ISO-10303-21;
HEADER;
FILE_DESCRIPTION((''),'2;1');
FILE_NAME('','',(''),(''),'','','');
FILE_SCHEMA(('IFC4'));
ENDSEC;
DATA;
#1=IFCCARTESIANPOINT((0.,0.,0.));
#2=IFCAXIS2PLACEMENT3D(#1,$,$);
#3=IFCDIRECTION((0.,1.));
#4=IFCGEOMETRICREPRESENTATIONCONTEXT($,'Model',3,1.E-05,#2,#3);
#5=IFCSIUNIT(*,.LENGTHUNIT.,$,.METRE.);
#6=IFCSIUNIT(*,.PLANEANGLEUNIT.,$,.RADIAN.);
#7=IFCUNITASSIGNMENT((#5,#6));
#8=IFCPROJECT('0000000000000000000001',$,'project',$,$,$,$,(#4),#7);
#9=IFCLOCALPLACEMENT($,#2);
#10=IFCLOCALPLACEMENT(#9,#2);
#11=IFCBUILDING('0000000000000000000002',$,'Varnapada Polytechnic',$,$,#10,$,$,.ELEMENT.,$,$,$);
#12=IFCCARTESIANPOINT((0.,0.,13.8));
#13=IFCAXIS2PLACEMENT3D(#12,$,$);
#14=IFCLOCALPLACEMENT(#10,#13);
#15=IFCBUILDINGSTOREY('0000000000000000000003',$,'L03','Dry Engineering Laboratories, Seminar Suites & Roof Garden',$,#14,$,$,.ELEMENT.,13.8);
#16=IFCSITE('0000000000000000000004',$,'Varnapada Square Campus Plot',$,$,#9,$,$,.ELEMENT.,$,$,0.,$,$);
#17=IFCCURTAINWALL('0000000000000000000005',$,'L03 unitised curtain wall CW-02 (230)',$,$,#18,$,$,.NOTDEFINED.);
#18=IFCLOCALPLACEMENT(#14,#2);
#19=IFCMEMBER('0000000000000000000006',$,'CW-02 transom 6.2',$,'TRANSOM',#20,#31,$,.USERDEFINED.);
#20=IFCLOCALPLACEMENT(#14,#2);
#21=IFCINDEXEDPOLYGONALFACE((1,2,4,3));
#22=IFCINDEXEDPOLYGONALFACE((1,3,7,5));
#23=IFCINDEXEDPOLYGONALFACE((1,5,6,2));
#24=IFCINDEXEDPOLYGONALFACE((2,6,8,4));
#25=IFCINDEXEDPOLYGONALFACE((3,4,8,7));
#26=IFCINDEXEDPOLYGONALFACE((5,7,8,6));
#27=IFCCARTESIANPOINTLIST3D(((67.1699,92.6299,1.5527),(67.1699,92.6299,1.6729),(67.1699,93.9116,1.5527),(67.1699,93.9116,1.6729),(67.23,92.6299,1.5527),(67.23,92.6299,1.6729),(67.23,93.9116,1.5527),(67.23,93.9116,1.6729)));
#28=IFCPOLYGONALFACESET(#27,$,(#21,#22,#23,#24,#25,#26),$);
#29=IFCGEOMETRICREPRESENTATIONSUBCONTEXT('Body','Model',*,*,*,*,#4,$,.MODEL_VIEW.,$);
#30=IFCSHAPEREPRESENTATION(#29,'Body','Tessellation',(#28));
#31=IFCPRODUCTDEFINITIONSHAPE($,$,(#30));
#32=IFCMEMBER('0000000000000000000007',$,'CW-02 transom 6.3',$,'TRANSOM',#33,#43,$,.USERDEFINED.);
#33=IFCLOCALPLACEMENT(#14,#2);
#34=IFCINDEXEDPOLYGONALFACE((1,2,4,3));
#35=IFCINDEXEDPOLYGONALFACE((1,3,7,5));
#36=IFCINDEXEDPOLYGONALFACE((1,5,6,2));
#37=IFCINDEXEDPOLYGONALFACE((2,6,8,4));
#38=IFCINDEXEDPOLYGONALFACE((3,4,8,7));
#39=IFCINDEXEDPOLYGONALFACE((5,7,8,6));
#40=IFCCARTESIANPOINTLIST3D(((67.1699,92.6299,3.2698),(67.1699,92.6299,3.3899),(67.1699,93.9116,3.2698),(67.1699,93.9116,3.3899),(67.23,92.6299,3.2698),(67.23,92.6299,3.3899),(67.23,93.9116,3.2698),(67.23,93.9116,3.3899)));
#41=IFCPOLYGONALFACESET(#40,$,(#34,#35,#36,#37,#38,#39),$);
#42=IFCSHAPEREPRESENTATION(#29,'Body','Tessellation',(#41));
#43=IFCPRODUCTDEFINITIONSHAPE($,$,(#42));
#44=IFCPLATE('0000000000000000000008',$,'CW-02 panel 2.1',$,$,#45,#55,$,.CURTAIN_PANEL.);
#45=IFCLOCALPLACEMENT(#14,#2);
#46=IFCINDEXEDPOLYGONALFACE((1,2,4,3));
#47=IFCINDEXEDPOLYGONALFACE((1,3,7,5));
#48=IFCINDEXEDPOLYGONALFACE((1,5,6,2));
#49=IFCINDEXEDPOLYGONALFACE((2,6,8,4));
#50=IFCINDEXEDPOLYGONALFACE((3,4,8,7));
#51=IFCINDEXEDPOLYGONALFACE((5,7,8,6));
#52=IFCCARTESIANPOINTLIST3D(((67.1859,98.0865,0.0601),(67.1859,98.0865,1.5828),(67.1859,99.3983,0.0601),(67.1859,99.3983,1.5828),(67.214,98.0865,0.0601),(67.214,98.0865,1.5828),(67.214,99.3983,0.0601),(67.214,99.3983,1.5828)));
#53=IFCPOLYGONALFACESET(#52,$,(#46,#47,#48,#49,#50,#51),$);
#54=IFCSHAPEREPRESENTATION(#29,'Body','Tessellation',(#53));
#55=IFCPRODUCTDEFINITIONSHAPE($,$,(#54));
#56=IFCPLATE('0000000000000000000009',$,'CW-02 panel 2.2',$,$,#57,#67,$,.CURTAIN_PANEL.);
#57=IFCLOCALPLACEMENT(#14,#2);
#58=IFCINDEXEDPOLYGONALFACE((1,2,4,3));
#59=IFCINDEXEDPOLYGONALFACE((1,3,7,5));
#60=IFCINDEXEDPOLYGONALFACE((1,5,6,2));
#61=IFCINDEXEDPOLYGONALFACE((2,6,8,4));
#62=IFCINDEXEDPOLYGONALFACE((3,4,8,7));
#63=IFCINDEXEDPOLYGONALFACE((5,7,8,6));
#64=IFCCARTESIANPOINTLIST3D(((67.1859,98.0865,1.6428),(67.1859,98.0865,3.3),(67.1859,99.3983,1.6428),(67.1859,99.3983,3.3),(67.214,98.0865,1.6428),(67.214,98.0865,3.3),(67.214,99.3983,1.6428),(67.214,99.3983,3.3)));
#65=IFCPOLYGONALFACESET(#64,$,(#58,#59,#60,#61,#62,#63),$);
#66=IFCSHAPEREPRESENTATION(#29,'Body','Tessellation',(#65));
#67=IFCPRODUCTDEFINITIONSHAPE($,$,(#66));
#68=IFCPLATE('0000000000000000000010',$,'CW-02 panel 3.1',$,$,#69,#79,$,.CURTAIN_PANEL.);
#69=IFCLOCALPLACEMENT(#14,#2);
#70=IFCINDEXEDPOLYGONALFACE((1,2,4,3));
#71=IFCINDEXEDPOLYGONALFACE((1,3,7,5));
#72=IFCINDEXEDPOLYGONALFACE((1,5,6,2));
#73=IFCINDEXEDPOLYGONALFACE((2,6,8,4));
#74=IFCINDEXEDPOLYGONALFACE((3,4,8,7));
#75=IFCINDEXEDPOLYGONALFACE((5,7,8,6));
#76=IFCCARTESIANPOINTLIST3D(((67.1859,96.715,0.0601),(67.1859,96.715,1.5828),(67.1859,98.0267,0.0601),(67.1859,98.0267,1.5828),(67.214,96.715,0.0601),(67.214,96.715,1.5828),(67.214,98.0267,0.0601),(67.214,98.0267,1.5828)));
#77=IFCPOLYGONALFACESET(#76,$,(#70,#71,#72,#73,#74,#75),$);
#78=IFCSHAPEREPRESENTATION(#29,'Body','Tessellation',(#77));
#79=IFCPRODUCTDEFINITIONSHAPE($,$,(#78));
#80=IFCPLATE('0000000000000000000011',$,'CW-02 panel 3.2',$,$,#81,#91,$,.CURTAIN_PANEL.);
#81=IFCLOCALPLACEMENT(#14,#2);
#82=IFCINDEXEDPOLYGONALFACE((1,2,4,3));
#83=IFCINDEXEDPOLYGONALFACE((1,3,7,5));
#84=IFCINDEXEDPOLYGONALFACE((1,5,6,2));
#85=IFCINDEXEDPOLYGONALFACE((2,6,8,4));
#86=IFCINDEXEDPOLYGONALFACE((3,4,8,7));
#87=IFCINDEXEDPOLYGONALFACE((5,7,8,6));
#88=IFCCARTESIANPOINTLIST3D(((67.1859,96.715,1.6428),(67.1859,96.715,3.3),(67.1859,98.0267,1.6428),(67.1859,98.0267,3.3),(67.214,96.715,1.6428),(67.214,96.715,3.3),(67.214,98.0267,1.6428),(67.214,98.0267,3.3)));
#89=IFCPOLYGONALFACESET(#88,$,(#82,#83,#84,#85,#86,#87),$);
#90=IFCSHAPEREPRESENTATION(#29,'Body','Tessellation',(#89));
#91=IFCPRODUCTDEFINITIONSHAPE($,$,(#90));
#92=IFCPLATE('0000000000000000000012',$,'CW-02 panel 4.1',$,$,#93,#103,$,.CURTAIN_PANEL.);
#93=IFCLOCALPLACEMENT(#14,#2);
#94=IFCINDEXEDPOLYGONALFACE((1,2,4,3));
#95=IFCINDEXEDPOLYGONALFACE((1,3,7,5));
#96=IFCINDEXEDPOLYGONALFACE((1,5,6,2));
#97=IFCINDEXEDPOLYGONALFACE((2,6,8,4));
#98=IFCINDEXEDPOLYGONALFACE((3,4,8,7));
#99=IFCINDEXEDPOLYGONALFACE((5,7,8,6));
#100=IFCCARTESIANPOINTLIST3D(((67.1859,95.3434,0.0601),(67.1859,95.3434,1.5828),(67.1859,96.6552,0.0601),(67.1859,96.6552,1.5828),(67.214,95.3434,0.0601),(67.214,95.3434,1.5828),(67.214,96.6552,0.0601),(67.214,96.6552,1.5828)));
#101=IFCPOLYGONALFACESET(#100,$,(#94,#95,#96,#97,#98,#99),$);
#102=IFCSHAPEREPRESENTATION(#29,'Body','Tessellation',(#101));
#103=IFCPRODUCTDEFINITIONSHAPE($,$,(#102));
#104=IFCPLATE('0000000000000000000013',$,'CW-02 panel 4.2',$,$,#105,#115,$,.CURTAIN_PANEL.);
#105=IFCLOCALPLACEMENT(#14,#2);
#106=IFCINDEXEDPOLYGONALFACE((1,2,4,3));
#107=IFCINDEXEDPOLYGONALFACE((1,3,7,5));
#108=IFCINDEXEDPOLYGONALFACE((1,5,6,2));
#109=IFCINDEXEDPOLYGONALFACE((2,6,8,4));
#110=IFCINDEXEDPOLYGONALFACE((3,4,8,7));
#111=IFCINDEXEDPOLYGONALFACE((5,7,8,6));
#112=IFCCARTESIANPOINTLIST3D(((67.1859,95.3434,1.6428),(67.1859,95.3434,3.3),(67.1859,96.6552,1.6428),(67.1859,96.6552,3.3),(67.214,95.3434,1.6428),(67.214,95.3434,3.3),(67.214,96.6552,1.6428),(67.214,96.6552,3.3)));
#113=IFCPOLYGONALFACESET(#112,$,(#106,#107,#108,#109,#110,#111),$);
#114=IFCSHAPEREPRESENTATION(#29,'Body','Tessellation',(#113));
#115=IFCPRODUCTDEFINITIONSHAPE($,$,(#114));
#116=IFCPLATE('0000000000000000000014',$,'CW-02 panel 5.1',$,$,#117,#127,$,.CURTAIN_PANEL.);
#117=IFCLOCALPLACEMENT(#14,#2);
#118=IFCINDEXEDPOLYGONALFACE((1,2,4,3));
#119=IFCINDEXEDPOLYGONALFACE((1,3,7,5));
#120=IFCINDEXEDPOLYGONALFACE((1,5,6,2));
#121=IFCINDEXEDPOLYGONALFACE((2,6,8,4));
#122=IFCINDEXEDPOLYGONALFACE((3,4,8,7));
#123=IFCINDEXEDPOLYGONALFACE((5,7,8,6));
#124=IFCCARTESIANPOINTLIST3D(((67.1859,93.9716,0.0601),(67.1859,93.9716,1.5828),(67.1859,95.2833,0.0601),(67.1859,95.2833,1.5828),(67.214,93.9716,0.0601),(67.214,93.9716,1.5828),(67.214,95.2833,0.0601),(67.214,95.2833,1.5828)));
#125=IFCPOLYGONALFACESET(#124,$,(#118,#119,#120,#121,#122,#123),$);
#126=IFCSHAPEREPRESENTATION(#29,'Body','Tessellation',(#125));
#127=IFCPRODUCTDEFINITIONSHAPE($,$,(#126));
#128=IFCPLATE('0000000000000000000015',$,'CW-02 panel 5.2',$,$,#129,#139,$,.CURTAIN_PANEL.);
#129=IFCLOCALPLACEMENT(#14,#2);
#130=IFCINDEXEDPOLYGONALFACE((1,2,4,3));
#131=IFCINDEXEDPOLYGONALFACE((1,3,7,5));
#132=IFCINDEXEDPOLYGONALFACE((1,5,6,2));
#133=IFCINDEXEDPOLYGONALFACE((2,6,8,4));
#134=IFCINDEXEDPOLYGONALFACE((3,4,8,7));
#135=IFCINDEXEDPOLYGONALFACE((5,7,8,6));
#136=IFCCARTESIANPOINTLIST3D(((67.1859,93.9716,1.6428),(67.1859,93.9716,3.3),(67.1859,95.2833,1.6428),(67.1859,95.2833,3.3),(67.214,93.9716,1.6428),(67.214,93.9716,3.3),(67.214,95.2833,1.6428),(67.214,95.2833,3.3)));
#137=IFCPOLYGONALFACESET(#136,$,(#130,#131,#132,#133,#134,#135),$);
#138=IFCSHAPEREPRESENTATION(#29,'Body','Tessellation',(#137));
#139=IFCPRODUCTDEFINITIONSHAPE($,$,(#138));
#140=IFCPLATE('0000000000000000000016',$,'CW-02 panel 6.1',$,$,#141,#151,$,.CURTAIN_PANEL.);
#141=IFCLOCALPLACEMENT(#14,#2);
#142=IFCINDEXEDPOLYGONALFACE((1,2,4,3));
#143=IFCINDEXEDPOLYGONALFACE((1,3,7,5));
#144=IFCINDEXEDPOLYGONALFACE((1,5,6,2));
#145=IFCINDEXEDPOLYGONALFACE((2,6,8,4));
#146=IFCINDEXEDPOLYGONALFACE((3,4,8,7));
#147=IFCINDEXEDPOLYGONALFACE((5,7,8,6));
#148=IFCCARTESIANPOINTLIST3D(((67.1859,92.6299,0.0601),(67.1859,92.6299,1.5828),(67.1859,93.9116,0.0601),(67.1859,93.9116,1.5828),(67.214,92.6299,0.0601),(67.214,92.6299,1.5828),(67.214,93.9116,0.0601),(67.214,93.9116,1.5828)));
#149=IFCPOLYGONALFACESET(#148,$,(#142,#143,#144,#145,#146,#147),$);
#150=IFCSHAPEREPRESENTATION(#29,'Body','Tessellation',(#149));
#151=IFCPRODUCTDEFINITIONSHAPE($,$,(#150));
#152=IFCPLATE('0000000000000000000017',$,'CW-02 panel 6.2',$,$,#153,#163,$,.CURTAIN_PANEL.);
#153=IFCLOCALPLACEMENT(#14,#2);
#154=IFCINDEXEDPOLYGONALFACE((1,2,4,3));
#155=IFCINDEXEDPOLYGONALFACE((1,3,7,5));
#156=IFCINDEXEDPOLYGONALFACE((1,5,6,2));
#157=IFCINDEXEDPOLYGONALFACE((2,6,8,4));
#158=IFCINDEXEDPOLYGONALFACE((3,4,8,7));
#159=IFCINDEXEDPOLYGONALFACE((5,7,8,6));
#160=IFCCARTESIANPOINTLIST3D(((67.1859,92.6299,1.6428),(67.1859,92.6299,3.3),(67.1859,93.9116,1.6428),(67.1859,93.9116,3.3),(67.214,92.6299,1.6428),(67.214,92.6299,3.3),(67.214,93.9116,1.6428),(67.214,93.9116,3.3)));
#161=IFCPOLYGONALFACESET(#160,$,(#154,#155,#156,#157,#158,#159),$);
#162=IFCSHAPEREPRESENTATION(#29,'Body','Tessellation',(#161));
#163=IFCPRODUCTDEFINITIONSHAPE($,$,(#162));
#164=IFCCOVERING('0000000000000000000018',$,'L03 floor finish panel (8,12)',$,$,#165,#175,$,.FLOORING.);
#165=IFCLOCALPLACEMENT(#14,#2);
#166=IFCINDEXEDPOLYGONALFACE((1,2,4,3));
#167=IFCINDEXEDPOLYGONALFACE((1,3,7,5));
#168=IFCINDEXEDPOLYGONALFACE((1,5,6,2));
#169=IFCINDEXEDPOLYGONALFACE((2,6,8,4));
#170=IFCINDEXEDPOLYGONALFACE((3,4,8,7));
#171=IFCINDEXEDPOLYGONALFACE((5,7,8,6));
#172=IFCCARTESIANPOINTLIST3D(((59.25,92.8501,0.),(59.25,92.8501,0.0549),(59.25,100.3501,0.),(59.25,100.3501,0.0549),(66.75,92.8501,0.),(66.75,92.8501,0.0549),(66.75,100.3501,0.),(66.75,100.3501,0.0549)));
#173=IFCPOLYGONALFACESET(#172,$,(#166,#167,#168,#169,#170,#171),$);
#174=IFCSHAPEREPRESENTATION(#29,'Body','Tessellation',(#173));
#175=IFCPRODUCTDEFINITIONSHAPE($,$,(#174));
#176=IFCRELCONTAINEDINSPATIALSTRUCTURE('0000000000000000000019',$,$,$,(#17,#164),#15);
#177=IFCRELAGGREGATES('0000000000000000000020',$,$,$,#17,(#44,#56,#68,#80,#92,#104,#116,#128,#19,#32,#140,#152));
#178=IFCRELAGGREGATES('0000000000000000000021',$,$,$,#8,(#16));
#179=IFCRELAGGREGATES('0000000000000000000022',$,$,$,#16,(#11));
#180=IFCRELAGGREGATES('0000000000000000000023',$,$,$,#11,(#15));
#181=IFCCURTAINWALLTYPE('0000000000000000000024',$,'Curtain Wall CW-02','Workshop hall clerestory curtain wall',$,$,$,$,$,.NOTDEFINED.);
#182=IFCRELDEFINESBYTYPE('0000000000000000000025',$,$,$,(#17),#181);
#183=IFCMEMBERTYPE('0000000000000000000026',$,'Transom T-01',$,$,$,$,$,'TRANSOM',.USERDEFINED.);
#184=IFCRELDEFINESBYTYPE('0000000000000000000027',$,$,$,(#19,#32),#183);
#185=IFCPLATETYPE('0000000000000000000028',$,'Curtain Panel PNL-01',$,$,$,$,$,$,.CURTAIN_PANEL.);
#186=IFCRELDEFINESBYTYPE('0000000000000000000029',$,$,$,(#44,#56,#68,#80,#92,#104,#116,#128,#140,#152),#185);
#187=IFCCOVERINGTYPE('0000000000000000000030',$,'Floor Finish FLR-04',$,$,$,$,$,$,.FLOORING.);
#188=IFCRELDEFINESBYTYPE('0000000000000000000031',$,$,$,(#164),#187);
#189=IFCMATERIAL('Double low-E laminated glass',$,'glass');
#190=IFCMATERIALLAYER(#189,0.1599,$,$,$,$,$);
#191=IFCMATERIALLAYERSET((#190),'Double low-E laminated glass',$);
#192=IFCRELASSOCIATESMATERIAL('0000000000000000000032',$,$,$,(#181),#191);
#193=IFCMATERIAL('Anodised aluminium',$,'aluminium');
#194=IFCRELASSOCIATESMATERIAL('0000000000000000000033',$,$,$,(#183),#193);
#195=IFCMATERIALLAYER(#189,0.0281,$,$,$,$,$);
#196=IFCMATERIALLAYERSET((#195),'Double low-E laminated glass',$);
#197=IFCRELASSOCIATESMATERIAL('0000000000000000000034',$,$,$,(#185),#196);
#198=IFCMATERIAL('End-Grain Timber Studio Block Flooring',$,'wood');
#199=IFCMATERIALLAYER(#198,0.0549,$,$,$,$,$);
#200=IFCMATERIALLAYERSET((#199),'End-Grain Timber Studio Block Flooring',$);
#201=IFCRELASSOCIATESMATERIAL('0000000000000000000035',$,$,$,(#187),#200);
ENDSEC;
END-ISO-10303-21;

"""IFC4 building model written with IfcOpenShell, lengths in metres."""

from ifc_helpers import new_model, si_unit, direction, frame, origin, origin_2d, place, context, subcontext, project, spatial, rectangle, extrude, material, layer, layer_set, material_profile, profile_set, type_object, element, aggregate, save


model = new_model("IFC4")

# Units and contexts
model_context = context("Model", 3, precision=1e-05, world=origin(), true_north=direction((0.0, 1.0)))
body_context = subcontext(model_context, "Body", "Model", "MODEL_VIEW")
ifc_project = project(units=[si_unit("LENGTHUNIT", "METRE"), si_unit("PLANEANGLEUNIT", "RADIAN")], contexts=[model_context])

# Site, building, storey
site_placement = place(None, origin())
site = spatial("IfcSite", under=ifc_project, at=site_placement, Name="Varnapada Square Campus Plot", CompositionType="ELEMENT", RefElevation=0.0)
building_placement = place(site_placement, origin())
building = spatial("IfcBuilding", under=site, at=building_placement, Name="Varnapada Polytechnic", CompositionType="ELEMENT")
storey_placement = place(building_placement, frame((0.0, 0.0, 13.8)))
storey = spatial("IfcBuildingStorey", under=building, at=storey_placement, Name="L03", Description="Dry Engineering Laboratories, Seminar Suites & Roof Garden", CompositionType="ELEMENT", Elevation=13.8)

# Curtain wall, members, plates
ifc_material_1 = material(Name="Double low-E laminated glass", Category="glass")
ifc_layer_1 = layer(ifc_material_1, 0.1599)
ifc_layer_set_1 = layer_set([ifc_layer_1], Name="Double low-E laminated glass")
curtain_wall_type = type_object("IfcCurtainWallType", Name="Curtain Wall CW-02", Description="Workshop hall clerestory curtain wall", PredefinedType="NOTDEFINED", material=ifc_layer_set_1)
curtain_wall_placement = place(storey_placement, origin())
curtain_wall = element("IfcCurtainWall", 1, at=curtain_wall_placement, inside=storey, type_object=curtain_wall_type, Name="L03 unitised curtain wall CW-02 (230)", PredefinedType="NOTDEFINED")
ifc_material_2 = material(Name="Anodised aluminium", Category="aluminium")
ifc_material_profile_1 = material_profile(ifc_material_2, rectangle(XDim=0.0601, YDim=0.1201, at=origin_2d()), Name="ALU T60x120")
ifc_profile_set_1 = profile_set([ifc_material_profile_1], Name="Anodised aluminium")
member_type_1 = type_object("IfcMemberType", Name="Transom T-01", ElementType="TRANSOM", PredefinedType="USERDEFINED", material=ifc_profile_set_1)
member_1_placement = place(storey_placement, frame((67.2, 93.9116, 1.6128), z_axis=(0.0, -1.0, 0.0), x_axis=(1.0, 0.0, 0.0)))
member_1 = element("IfcMember", 2, at=member_1_placement, type_object=member_type_1, Name="CW-02 transom 6.2", ObjectType="TRANSOM", PredefinedType="USERDEFINED", context=body_context, shape_type="SweptSolid", body=[
    extrude(rectangle(XDim=0.0601, YDim=0.1201, at=origin_2d()), origin(), (0.0, 0.0, 1.0), 1.2817),
])
member_2_placement = place(storey_placement, frame((67.2, 93.9116, 3.3298), z_axis=(0.0, -1.0, 0.0), x_axis=(1.0, 0.0, 0.0)))
member_2 = element("IfcMember", 3, at=member_2_placement, type_object=member_type_1, Name="CW-02 transom 6.3", ObjectType="TRANSOM", PredefinedType="USERDEFINED", context=body_context, shape_type="SweptSolid", body=[
    extrude(rectangle(XDim=0.0601, YDim=0.1201, at=origin_2d()), origin(), (0.0, 0.0, 1.0), 1.2817),
])
ifc_layer_2 = layer(ifc_material_1, 0.0281)
ifc_layer_set_2 = layer_set([ifc_layer_2], Name="Double low-E laminated glass")
plate_type = type_object("IfcPlateType", Name="Curtain Panel PNL-01", PredefinedType="CURTAIN_PANEL", material=ifc_layer_set_2)
plate_1_placement = place(storey_placement, frame((67.2, 98.7424, 0.0601), z_axis=(0.0, 0.0, 1.0), x_axis=(0.0, -1.0, 0.0)))
plate_1 = element("IfcPlate", 4, at=plate_1_placement, type_object=plate_type, Name="CW-02 panel 2.1", PredefinedType="CURTAIN_PANEL", context=body_context, shape_type="SweptSolid", body=[
    extrude(rectangle(XDim=1.3118, YDim=0.0281, at=origin_2d()), origin(), (0.0, 0.0, 1.0), 1.5227),
])
plate_2_placement = place(storey_placement, frame((67.2, 98.7424, 1.6428), z_axis=(0.0, 0.0, 1.0), x_axis=(0.0, -1.0, 0.0)))
plate_2 = element("IfcPlate", 5, at=plate_2_placement, type_object=plate_type, Name="CW-02 panel 2.2", PredefinedType="CURTAIN_PANEL", context=body_context, shape_type="SweptSolid", body=[
    extrude(rectangle(XDim=1.3118, YDim=0.0281, at=origin_2d()), origin(), (0.0, 0.0, 1.0), 1.6572),
])
plate_3_placement = place(storey_placement, frame((67.2, 97.3708, 0.0601), z_axis=(0.0, 0.0, 1.0), x_axis=(0.0, -1.0, 0.0)))
plate_3 = element("IfcPlate", 6, at=plate_3_placement, type_object=plate_type, Name="CW-02 panel 3.1", PredefinedType="CURTAIN_PANEL", context=body_context, shape_type="SweptSolid", body=[
    extrude(rectangle(XDim=1.3118, YDim=0.0281, at=origin_2d()), origin(), (0.0, 0.0, 1.0), 1.5227),
])
plate_4_placement = place(storey_placement, frame((67.2, 97.3708, 1.6428), z_axis=(0.0, 0.0, 1.0), x_axis=(0.0, -1.0, 0.0)))
plate_4 = element("IfcPlate", 7, at=plate_4_placement, type_object=plate_type, Name="CW-02 panel 3.2", PredefinedType="CURTAIN_PANEL", context=body_context, shape_type="SweptSolid", body=[
    extrude(rectangle(XDim=1.3118, YDim=0.0281, at=origin_2d()), origin(), (0.0, 0.0, 1.0), 1.6572),
])
plate_5_placement = place(storey_placement, frame((67.2, 95.9993, 0.0601), z_axis=(0.0, 0.0, 1.0), x_axis=(0.0, -1.0, 0.0)))
plate_5 = element("IfcPlate", 8, at=plate_5_placement, type_object=plate_type, Name="CW-02 panel 4.1", PredefinedType="CURTAIN_PANEL", context=body_context, shape_type="SweptSolid", body=[
    extrude(rectangle(XDim=1.3118, YDim=0.0281, at=origin_2d()), origin(), (0.0, 0.0, 1.0), 1.5227),
])
plate_6_placement = place(storey_placement, frame((67.2, 95.9993, 1.6428), z_axis=(0.0, 0.0, 1.0), x_axis=(0.0, -1.0, 0.0)))
plate_6 = element("IfcPlate", 9, at=plate_6_placement, type_object=plate_type, Name="CW-02 panel 4.2", PredefinedType="CURTAIN_PANEL", context=body_context, shape_type="SweptSolid", body=[
    extrude(rectangle(XDim=1.3118, YDim=0.0281, at=origin_2d()), origin(), (0.0, 0.0, 1.0), 1.6572),
])
plate_7_placement = place(storey_placement, frame((67.2, 94.6274, 0.0601), z_axis=(0.0, 0.0, 1.0), x_axis=(0.0, -1.0, 0.0)))
plate_7 = element("IfcPlate", 10, at=plate_7_placement, type_object=plate_type, Name="CW-02 panel 5.1", PredefinedType="CURTAIN_PANEL", context=body_context, shape_type="SweptSolid", body=[
    extrude(rectangle(XDim=1.3118, YDim=0.0281, at=origin_2d()), origin(), (0.0, 0.0, 1.0), 1.5227),
])
plate_8_placement = place(storey_placement, frame((67.2, 94.6274, 1.6428), z_axis=(0.0, 0.0, 1.0), x_axis=(0.0, -1.0, 0.0)))
plate_8 = element("IfcPlate", 11, at=plate_8_placement, type_object=plate_type, Name="CW-02 panel 5.2", PredefinedType="CURTAIN_PANEL", context=body_context, shape_type="SweptSolid", body=[
    extrude(rectangle(XDim=1.3118, YDim=0.0281, at=origin_2d()), origin(), (0.0, 0.0, 1.0), 1.6572),
])
plate_9_placement = place(storey_placement, frame((67.2, 93.2708, 0.0601), z_axis=(0.0, 0.0, 1.0), x_axis=(0.0, -1.0, 0.0)))
plate_9 = element("IfcPlate", 12, at=plate_9_placement, type_object=plate_type, Name="CW-02 panel 6.1", PredefinedType="CURTAIN_PANEL", context=body_context, shape_type="SweptSolid", body=[
    extrude(rectangle(XDim=1.2817, YDim=0.0281, at=origin_2d()), origin(), (0.0, 0.0, 1.0), 1.5227),
])
plate_10_placement = place(storey_placement, frame((67.2, 93.2708, 1.6428), z_axis=(0.0, 0.0, 1.0), x_axis=(0.0, -1.0, 0.0)))
plate_10 = element("IfcPlate", 13, at=plate_10_placement, type_object=plate_type, Name="CW-02 panel 6.2", PredefinedType="CURTAIN_PANEL", context=body_context, shape_type="SweptSolid", body=[
    extrude(rectangle(XDim=1.2817, YDim=0.0281, at=origin_2d()), origin(), (0.0, 0.0, 1.0), 1.6572),
])
aggregate(curtain_wall, [plate_1, plate_2, plate_3, plate_4, plate_5, plate_6, plate_7, plate_8, member_1, member_2, plate_9, plate_10])

# Covering
ifc_material_3 = material(Name="End-Grain Timber Studio Block Flooring", Category="wood")
ifc_layer_3 = layer(ifc_material_3, 0.0549)
ifc_layer_set_3 = layer_set([ifc_layer_3], Name="End-Grain Timber Studio Block Flooring")
covering_type = type_object("IfcCoveringType", Name="Floor Finish FLR-04", PredefinedType="FLOORING", material=ifc_layer_set_3)
covering_placement = place(storey_placement, frame((63.0, 96.6001, 0.0), z_axis=(0.0, 0.0, 1.0), x_axis=(1.0, 0.0, 0.0)))
element("IfcCovering", 14, at=covering_placement, inside=storey, type_object=covering_type, Name="L03 floor finish panel (8,12)", PredefinedType="FLOORING", context=body_context, shape_type="SweptSolid", body=[
    extrude(rectangle(XDim=7.5, YDim=7.5, at=origin_2d()), origin(), (0.0, 0.0, 1.0), 0.0549),
])

save(model, "model.ifc")
